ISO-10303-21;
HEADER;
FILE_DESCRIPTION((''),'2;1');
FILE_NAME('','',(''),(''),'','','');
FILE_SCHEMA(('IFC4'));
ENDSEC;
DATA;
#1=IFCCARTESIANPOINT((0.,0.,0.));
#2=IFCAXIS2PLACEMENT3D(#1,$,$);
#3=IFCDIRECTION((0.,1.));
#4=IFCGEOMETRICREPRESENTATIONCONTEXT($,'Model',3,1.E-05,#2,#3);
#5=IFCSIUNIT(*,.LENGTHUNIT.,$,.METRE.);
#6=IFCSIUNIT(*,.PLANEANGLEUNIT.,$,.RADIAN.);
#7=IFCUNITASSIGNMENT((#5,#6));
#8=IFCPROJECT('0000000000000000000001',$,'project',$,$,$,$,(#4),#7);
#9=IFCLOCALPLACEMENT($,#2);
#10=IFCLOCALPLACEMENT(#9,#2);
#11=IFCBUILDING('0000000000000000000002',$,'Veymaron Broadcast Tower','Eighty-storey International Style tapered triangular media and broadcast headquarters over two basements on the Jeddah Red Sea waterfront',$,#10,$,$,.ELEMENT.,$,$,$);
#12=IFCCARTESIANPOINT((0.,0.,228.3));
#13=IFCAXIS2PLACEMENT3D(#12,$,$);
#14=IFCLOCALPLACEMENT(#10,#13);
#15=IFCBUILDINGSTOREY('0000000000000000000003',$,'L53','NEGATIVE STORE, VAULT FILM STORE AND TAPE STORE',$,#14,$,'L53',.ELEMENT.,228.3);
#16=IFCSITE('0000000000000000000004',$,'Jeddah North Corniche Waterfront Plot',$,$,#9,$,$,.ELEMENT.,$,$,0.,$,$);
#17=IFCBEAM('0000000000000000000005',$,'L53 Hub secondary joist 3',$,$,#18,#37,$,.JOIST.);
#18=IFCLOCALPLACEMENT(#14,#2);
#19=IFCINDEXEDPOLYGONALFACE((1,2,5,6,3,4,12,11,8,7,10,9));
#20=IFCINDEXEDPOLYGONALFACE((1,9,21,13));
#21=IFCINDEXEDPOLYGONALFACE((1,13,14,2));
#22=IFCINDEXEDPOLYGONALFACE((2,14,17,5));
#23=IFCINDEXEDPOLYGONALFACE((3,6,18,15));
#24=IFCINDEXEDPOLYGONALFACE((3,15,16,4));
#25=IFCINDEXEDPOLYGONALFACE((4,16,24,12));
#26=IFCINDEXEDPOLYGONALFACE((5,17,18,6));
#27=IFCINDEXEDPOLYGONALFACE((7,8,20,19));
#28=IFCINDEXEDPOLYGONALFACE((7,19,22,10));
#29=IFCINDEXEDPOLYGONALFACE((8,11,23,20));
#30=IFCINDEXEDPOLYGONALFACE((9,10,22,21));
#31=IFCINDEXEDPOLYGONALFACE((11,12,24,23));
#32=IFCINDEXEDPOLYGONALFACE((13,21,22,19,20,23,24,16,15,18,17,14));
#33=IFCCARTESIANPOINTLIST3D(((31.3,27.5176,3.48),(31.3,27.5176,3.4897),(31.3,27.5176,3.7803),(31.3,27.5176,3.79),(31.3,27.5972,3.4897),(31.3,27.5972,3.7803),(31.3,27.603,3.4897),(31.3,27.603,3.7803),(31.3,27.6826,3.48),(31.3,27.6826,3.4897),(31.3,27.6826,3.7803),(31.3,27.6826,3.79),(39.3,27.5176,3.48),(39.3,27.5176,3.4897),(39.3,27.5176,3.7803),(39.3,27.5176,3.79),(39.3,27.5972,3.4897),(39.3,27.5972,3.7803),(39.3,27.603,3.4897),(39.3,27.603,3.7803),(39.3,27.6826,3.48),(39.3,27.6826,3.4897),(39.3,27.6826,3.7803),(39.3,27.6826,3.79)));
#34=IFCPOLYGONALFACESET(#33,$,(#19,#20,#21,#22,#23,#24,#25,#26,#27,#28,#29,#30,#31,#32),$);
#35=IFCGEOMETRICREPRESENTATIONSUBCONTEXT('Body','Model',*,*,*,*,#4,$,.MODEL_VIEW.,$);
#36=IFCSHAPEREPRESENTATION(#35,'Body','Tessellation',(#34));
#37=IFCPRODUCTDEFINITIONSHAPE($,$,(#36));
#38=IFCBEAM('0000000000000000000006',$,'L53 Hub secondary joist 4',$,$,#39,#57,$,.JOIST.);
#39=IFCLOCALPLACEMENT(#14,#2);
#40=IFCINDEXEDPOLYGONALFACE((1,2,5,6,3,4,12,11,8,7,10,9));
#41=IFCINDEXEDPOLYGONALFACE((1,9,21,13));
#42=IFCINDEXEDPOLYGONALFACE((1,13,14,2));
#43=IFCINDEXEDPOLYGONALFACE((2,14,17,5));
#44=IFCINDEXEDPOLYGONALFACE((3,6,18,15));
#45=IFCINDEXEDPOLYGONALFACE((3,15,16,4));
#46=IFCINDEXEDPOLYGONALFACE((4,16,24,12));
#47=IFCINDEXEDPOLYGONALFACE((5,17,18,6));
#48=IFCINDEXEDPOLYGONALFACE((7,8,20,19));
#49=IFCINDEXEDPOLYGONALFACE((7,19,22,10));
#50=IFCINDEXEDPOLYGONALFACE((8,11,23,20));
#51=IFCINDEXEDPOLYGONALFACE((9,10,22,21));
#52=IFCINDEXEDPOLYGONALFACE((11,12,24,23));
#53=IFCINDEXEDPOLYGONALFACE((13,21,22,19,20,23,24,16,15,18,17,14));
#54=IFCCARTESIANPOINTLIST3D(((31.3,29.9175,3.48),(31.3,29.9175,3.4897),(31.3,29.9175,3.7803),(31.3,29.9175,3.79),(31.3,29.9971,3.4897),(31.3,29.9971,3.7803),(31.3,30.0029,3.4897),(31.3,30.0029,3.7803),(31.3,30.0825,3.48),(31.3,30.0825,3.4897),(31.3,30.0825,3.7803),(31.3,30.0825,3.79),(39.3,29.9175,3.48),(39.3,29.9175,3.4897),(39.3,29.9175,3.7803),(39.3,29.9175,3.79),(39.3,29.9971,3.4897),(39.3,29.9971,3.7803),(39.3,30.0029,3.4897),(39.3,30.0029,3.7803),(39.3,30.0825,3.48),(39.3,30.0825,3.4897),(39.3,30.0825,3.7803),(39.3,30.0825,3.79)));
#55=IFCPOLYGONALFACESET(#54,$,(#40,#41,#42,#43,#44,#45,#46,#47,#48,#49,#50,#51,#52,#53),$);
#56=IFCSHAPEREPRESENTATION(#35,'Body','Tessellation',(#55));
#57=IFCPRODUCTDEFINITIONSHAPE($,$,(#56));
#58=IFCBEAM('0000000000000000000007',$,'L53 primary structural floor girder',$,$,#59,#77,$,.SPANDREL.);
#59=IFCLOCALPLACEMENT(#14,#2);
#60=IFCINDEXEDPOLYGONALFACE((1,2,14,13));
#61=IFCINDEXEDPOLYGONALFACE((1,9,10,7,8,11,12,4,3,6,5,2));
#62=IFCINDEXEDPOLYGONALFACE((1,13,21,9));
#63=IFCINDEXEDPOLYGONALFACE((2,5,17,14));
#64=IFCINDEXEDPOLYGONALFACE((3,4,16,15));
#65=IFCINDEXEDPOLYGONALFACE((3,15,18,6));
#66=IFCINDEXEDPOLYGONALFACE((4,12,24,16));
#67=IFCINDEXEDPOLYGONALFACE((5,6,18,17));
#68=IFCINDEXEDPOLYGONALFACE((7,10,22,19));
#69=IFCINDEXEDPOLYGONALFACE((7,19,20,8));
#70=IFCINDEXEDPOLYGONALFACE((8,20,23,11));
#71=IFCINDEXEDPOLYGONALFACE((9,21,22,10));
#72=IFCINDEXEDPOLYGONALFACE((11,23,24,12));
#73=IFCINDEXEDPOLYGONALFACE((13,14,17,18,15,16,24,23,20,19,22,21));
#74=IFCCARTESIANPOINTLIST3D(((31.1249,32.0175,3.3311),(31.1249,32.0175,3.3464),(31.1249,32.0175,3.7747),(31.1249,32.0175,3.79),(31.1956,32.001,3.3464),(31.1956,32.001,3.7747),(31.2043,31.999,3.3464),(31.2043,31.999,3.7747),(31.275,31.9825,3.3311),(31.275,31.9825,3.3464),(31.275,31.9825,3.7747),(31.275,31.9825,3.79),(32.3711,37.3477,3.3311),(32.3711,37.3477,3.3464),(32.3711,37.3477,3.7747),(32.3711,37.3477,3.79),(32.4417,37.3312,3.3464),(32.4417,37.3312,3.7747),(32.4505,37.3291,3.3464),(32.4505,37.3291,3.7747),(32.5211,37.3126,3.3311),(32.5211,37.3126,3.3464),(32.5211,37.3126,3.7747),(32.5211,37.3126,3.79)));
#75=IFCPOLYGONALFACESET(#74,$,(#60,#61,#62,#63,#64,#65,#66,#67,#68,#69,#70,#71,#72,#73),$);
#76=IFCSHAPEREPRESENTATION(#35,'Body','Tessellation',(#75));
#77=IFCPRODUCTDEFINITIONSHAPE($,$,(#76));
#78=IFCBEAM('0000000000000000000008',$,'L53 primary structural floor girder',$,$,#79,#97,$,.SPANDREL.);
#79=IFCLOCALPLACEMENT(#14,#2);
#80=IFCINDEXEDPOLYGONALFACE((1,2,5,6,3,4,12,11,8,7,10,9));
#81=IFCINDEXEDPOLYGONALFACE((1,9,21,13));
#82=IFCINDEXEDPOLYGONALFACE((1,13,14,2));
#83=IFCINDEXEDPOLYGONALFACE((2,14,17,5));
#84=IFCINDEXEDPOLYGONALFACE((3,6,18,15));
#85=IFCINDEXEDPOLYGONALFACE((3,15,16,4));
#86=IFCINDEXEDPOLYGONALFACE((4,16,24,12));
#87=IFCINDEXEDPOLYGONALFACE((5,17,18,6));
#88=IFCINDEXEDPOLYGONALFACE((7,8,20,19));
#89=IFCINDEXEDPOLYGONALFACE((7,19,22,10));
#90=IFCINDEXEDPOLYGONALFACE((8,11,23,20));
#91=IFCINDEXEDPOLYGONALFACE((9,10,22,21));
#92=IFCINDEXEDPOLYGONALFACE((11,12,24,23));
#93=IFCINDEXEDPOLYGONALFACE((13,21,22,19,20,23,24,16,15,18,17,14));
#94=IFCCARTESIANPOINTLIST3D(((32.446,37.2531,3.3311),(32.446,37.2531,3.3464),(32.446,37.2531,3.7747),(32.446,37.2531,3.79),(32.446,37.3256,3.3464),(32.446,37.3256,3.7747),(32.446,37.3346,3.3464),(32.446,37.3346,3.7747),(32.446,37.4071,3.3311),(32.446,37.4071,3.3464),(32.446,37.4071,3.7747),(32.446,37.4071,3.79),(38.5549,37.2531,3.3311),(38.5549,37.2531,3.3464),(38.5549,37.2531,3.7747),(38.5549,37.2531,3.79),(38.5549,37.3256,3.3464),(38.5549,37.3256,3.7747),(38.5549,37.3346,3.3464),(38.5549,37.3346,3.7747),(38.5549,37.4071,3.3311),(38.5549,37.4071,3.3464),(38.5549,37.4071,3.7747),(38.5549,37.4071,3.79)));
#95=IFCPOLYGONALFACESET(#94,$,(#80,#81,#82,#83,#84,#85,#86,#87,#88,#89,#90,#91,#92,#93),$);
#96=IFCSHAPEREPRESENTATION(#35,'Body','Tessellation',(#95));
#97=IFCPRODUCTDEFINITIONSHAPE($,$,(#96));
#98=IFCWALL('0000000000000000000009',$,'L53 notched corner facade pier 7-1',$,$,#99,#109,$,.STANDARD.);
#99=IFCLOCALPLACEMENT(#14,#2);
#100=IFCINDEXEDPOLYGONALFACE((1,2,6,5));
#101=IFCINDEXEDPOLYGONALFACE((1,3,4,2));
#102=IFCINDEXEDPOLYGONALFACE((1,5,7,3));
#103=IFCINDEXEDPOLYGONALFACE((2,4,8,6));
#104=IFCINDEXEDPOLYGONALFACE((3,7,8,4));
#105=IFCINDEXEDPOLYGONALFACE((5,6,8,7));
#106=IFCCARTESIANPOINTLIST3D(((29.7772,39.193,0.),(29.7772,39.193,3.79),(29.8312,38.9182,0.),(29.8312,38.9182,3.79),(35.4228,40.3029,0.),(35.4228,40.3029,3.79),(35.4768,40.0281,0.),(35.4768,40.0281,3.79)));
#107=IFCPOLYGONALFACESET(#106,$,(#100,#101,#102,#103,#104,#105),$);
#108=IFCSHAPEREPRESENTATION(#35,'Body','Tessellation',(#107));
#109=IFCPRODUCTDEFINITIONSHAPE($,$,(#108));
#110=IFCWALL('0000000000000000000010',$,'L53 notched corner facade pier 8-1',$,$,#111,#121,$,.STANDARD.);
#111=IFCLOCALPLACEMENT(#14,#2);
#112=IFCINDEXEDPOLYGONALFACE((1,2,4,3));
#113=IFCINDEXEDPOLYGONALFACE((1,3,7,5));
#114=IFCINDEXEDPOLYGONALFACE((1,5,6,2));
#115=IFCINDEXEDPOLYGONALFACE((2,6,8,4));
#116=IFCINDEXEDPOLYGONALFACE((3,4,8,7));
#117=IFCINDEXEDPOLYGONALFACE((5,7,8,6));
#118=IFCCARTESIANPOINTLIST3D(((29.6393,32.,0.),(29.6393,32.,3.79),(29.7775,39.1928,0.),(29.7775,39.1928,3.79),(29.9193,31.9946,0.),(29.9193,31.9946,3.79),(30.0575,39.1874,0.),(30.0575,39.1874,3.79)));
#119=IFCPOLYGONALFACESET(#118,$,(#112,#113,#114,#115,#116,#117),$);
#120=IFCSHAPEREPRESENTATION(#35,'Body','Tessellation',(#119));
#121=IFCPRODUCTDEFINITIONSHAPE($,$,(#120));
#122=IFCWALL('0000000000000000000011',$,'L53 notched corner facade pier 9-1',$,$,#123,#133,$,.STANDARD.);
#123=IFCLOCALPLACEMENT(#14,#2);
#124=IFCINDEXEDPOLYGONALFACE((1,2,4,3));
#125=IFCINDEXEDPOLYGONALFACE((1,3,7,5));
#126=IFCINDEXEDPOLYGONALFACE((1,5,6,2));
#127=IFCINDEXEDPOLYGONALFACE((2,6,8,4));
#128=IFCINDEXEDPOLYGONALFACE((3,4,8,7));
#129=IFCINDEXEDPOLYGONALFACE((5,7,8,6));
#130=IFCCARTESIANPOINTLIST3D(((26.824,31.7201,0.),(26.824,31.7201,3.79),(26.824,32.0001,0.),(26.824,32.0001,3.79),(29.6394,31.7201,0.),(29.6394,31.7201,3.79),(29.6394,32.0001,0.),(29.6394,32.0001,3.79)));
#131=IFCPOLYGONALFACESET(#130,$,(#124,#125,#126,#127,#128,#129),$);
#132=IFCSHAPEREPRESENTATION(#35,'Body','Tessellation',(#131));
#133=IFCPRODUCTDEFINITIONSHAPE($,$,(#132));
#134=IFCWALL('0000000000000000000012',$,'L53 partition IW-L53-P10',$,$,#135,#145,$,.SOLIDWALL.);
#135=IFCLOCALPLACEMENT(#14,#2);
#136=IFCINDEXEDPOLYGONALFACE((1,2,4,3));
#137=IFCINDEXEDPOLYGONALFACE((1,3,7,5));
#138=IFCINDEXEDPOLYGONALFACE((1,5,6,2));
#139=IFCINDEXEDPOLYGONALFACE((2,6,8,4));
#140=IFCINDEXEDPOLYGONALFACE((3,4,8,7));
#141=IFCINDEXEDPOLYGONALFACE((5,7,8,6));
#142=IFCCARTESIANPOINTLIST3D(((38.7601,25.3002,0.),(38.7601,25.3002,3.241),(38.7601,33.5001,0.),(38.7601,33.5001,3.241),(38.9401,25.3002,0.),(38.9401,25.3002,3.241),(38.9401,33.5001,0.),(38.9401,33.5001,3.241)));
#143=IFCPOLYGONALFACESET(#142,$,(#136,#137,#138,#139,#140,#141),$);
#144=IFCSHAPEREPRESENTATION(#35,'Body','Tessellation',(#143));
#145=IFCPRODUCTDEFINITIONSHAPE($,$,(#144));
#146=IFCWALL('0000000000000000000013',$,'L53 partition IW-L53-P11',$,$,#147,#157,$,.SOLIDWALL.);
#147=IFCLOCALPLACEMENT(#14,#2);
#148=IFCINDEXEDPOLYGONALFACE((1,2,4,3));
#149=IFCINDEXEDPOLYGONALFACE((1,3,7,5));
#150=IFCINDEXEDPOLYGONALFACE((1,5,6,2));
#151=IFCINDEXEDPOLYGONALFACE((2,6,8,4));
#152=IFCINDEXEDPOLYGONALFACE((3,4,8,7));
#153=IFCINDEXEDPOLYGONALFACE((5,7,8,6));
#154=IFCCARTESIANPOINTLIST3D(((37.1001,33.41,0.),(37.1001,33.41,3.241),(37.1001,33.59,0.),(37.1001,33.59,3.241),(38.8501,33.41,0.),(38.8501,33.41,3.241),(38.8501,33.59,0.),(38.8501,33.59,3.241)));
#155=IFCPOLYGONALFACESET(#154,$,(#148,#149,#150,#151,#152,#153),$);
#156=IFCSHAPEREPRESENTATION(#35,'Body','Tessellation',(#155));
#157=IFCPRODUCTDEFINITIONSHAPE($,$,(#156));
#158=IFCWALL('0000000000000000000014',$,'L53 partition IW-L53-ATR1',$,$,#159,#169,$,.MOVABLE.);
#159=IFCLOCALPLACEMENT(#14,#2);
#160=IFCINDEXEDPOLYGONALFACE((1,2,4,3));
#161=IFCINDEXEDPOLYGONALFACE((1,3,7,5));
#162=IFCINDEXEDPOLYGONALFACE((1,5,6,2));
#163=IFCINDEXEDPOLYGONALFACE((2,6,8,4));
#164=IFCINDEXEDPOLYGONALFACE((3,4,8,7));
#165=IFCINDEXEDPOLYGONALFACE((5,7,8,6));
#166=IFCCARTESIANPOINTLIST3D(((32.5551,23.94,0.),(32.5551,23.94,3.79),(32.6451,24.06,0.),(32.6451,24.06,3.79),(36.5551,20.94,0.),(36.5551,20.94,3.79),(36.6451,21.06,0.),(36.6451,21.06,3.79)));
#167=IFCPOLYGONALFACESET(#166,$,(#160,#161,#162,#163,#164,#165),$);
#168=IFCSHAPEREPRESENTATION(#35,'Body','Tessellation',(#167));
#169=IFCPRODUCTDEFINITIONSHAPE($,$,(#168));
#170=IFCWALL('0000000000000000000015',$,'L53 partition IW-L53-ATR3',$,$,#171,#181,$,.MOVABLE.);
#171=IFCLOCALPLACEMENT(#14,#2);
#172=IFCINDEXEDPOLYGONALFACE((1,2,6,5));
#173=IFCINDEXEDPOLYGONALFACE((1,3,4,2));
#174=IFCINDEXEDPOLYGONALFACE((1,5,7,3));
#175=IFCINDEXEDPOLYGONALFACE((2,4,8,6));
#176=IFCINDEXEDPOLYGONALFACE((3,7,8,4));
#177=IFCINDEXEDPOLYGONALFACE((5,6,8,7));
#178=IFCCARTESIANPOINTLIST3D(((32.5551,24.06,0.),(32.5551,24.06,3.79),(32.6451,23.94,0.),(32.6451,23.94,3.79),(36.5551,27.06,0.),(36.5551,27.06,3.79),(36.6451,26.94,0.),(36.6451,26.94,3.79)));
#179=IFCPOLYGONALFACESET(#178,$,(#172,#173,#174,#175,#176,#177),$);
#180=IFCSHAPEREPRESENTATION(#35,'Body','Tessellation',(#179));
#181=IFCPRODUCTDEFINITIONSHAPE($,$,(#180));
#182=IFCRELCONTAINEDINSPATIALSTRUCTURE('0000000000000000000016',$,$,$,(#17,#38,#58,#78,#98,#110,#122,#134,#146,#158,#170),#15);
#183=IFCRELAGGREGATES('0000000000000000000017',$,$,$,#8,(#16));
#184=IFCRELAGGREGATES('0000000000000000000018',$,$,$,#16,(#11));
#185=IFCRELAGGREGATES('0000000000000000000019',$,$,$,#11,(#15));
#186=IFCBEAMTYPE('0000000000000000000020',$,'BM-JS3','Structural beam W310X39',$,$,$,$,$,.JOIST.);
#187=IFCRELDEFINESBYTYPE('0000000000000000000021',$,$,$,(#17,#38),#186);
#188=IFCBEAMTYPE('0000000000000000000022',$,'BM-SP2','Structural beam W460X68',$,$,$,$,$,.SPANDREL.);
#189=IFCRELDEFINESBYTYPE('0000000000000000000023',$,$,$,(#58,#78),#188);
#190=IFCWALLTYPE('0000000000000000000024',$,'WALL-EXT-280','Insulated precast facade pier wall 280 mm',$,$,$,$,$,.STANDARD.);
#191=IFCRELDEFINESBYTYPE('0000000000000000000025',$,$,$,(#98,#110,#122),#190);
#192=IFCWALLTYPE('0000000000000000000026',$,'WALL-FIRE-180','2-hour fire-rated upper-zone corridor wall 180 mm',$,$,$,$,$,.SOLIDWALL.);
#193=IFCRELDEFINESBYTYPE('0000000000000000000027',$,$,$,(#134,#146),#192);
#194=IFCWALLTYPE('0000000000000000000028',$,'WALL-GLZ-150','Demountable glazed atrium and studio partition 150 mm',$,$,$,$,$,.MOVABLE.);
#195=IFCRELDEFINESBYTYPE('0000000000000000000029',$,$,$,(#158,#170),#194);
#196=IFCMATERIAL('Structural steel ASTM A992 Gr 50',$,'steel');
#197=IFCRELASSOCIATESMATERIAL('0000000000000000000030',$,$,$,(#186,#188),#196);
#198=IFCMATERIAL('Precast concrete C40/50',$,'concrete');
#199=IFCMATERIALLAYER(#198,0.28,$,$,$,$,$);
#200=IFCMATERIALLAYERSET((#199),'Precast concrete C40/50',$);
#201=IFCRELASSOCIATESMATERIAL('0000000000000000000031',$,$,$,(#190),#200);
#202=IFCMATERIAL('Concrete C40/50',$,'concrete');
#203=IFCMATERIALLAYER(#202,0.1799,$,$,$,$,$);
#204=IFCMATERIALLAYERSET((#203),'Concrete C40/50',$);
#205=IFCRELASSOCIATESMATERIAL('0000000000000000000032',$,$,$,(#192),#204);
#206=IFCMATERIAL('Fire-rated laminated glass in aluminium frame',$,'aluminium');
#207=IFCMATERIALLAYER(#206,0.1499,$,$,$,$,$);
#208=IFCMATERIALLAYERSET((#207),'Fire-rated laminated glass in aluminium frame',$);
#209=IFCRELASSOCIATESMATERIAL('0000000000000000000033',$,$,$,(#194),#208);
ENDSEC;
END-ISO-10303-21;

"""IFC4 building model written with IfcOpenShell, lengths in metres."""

from ifc_helpers import new_model, si_unit, direction, frame, frame_2d, origin, origin_2d, place, context, subcontext, project, spatial, rectangle, i_section, extrude, material, layer, layer_set, material_profile, profile_set, type_object, element, save


model = new_model("IFC4")

# Units and contexts
model_context = context("Model", 3, precision=1e-05, world=origin(), true_north=direction((0.0, 1.0)))
body_context = subcontext(model_context, "Body", "Model", "MODEL_VIEW")
ifc_project = project(units=[si_unit("LENGTHUNIT", "METRE"), si_unit("PLANEANGLEUNIT", "RADIAN")], contexts=[model_context])

# Site, building, storey
site_placement = place(None, origin())
site = spatial("IfcSite", under=ifc_project, at=site_placement, Name="Jeddah North Corniche Waterfront Plot", CompositionType="ELEMENT", RefElevation=0.0)
building_placement = place(site_placement, origin())
building = spatial("IfcBuilding", under=site, at=building_placement, Name="Veymaron Broadcast Tower", Description="Eighty-storey International Style tapered triangular media and broadcast headquarters over two basements on the Jeddah Red Sea waterfront", CompositionType="ELEMENT")
storey_placement = place(building_placement, frame((0.0, 0.0, 228.3)))
storey = spatial("IfcBuildingStorey", under=building, at=storey_placement, Name="L53", Description="NEGATIVE STORE, VAULT FILM STORE AND TAPE STORE", LongName="L53", CompositionType="ELEMENT", Elevation=228.3)

# Shared definitions
ifc_material_1 = material(Name="Structural steel ASTM A992 Gr 50", Category="steel")

# Beams
ifc_material_profile_1 = material_profile(ifc_material_1, i_section(OverallWidth=0.165, OverallDepth=0.3101, WebThickness=0.0059, FlangeThickness=0.0098, at=origin_2d()), Name="W310X39")
ifc_profile_set_1 = profile_set([ifc_material_profile_1], Name="Structural steel ASTM A992 Gr 50")
beam_type_1 = type_object("IfcBeamType", Name="BM-JS3", Description="Structural beam W310X39", PredefinedType="JOIST", material=ifc_profile_set_1)
for number, where, z_axis, x_axis, name in (
    (1, (31.3, 27.6001, 3.635), (1.0, 0.0, 0.0), (0.0, 1.0, 0.0), "L53 Hub secondary joist 3"),
    (2, (31.3, 30.0, 3.635), (1.0, 0.0, 0.0), (0.0, 1.0, 0.0), "L53 Hub secondary joist 4"),
):
    element("IfcBeam", number, at=place(storey_placement, frame(where, z_axis=z_axis, x_axis=x_axis)), inside=storey, type_object=beam_type_1, Name=name, PredefinedType="JOIST", context=body_context, shape_type="SweptSolid", body=[
        extrude(i_section(OverallWidth=0.165, OverallDepth=0.3101, WebThickness=0.0059, FlangeThickness=0.0098, at=origin_2d()), origin(), (0.0, 0.0, 1.0), 8.0),
    ])
ifc_material_profile_2 = material_profile(ifc_material_1, i_section(OverallWidth=0.1541, OverallDepth=0.459, WebThickness=0.009, FlangeThickness=0.0154, at=origin_2d()), Name="W460X68")
ifc_profile_set_2 = profile_set([ifc_material_profile_2], Name="Structural steel ASTM A992 Gr 50")
beam_type_2 = type_object("IfcBeamType", Name="BM-SP2", Description="Structural beam W460X68", PredefinedType="SPANDREL", material=ifc_profile_set_2)
beam_1_placement = place(storey_placement, frame((31.2, 32.0, 3.5605), z_axis=(0.227647, 0.973744, 0.0), x_axis=(-0.973744, 0.227647, 0.0)))
element("IfcBeam", 3, at=beam_1_placement, inside=storey, type_object=beam_type_2, Name="L53 primary structural floor girder", PredefinedType="SPANDREL", context=body_context, shape_type="SweptSolid", body=[
    extrude(i_section(OverallWidth=0.1541, OverallDepth=0.459, WebThickness=0.009, FlangeThickness=0.0154, at=origin_2d()), origin(), (0.0, 0.0, 1.0), 5.4739),
])
beam_2_placement = place(storey_placement, frame((32.446, 37.3301, 3.5605), z_axis=(1.0, 0.0, 0.0), x_axis=(0.0, 1.0, 0.0)))
element("IfcBeam", 4, at=beam_2_placement, inside=storey, type_object=beam_type_2, Name="L53 primary structural floor girder", PredefinedType="SPANDREL", context=body_context, shape_type="SweptSolid", body=[
    extrude(i_section(OverallWidth=0.1541, OverallDepth=0.459, WebThickness=0.009, FlangeThickness=0.0154, at=origin_2d()), origin(), (0.0, 0.0, 1.0), 6.1089),
])

# Walls
ifc_material_2 = material(Name="Precast concrete C40/50", Category="concrete")
ifc_layer_1 = layer(ifc_material_2, 0.28)
ifc_layer_set_1 = layer_set([ifc_layer_1], Name="Precast concrete C40/50")
wall_type_1 = type_object("IfcWallType", Name="WALL-EXT-280", Description="Insulated precast facade pier wall 280 mm", PredefinedType="STANDARD", material=ifc_layer_set_1)
wall_1_placement = place(storey_placement, frame((35.45, 40.1655, 0.0), z_axis=(0.0, 0.0, 1.0), x_axis=(-0.981218, -0.1929, 0.0)))
element("IfcWall", 5, at=wall_1_placement, inside=storey, type_object=wall_type_1, Name="L53 notched corner facade pier 7-1", PredefinedType="STANDARD", context=body_context, shape_type="SweptSolid", body=[
    extrude(rectangle(XDim=5.7537, YDim=0.28, at=frame_2d((2.877, 0.0))), origin(), (0.0, 0.0, 1.0), 3.79),
])
wall_2_placement = place(storey_placement, frame((29.9175, 39.1902, 0.0), z_axis=(0.0, 0.0, 1.0), x_axis=(-0.019208, -0.999816, 0.0)))
element("IfcWall", 6, at=wall_2_placement, inside=storey, type_object=wall_type_1, Name="L53 notched corner facade pier 8-1", PredefinedType="STANDARD", context=body_context, shape_type="SweptSolid", body=[
    extrude(rectangle(XDim=7.1941, YDim=0.28, at=frame_2d((3.5972, 0.0))), origin(), (0.0, 0.0, 1.0), 3.79),
])
wall_3_placement = place(storey_placement, frame((29.6394, 31.8601, 0.0), z_axis=(0.0, 0.0, 1.0), x_axis=(-1.0, 0.0, 0.0)))
element("IfcWall", 7, at=wall_3_placement, inside=storey, type_object=wall_type_1, Name="L53 notched corner facade pier 9-1", PredefinedType="STANDARD", context=body_context, shape_type="SweptSolid", body=[
    extrude(rectangle(XDim=2.8154, YDim=0.28, at=frame_2d((1.4077, 0.0))), origin(), (0.0, 0.0, 1.0), 3.79),
])
ifc_material_3 = material(Name="Concrete C40/50", Category="concrete")
ifc_layer_2 = layer(ifc_material_3, 0.1799)
ifc_layer_set_2 = layer_set([ifc_layer_2], Name="Concrete C40/50")
wall_type_2 = type_object("IfcWallType", Name="WALL-FIRE-180", Description="2-hour fire-rated upper-zone corridor wall 180 mm", PredefinedType="SOLIDWALL", material=ifc_layer_set_2)
wall_4_placement = place(storey_placement, frame((38.8501, 25.3, 0.0), z_axis=(0.0, 0.0, 1.0), x_axis=(0.0, 1.0, 0.0)))
element("IfcWall", 8, at=wall_4_placement, inside=storey, type_object=wall_type_2, Name="L53 partition IW-L53-P10", PredefinedType="SOLIDWALL", context=body_context, shape_type="SweptSolid", body=[
    extrude(rectangle(XDim=8.2, YDim=0.1799, at=frame_2d((4.1001, 0.0))), origin(), (0.0, 0.0, 1.0), 3.241),
])
wall_5_placement = place(storey_placement, frame((37.1001, 33.5, 0.0), z_axis=(0.0, 0.0, 1.0), x_axis=(1.0, 0.0, 0.0)))
element("IfcWall", 9, at=wall_5_placement, inside=storey, type_object=wall_type_2, Name="L53 partition IW-L53-P11", PredefinedType="SOLIDWALL", context=body_context, shape_type="SweptSolid", body=[
    extrude(rectangle(XDim=1.75, YDim=0.1799, at=frame_2d((0.875, 0.0))), origin(), (0.0, 0.0, 1.0), 3.241),
])
ifc_material_4 = material(Name="Fire-rated laminated glass in aluminium frame", Category="aluminium")
ifc_layer_3 = layer(ifc_material_4, 0.1499)
ifc_layer_set_3 = layer_set([ifc_layer_3], Name="Fire-rated laminated glass in aluminium frame")
wall_type_3 = type_object("IfcWallType", Name="WALL-GLZ-150", Description="Demountable glazed atrium and studio partition 150 mm", PredefinedType="MOVABLE", material=ifc_layer_set_3)
for number, where, z_axis, x_axis, name in (
    (10, (32.6001, 24.0, 0.0), (0.0, 0.0, 1.0), (0.8, -0.6, 0.0), "L53 partition IW-L53-ATR1"),
    (11, (36.6001, 27.0, 0.0), (0.0, 0.0, 1.0), (-0.8, -0.6, 0.0), "L53 partition IW-L53-ATR3"),
):
    element("IfcWall", number, at=place(storey_placement, frame(where, z_axis=z_axis, x_axis=x_axis)), inside=storey, type_object=wall_type_3, Name=name, PredefinedType="MOVABLE", context=body_context, shape_type="SweptSolid", body=[
        extrude(rectangle(XDim=5.0, YDim=0.1499, at=frame_2d((2.5, 0.0))), origin(), (0.0, 0.0, 1.0), 3.79),
    ])

save(model, "model.ifc")
